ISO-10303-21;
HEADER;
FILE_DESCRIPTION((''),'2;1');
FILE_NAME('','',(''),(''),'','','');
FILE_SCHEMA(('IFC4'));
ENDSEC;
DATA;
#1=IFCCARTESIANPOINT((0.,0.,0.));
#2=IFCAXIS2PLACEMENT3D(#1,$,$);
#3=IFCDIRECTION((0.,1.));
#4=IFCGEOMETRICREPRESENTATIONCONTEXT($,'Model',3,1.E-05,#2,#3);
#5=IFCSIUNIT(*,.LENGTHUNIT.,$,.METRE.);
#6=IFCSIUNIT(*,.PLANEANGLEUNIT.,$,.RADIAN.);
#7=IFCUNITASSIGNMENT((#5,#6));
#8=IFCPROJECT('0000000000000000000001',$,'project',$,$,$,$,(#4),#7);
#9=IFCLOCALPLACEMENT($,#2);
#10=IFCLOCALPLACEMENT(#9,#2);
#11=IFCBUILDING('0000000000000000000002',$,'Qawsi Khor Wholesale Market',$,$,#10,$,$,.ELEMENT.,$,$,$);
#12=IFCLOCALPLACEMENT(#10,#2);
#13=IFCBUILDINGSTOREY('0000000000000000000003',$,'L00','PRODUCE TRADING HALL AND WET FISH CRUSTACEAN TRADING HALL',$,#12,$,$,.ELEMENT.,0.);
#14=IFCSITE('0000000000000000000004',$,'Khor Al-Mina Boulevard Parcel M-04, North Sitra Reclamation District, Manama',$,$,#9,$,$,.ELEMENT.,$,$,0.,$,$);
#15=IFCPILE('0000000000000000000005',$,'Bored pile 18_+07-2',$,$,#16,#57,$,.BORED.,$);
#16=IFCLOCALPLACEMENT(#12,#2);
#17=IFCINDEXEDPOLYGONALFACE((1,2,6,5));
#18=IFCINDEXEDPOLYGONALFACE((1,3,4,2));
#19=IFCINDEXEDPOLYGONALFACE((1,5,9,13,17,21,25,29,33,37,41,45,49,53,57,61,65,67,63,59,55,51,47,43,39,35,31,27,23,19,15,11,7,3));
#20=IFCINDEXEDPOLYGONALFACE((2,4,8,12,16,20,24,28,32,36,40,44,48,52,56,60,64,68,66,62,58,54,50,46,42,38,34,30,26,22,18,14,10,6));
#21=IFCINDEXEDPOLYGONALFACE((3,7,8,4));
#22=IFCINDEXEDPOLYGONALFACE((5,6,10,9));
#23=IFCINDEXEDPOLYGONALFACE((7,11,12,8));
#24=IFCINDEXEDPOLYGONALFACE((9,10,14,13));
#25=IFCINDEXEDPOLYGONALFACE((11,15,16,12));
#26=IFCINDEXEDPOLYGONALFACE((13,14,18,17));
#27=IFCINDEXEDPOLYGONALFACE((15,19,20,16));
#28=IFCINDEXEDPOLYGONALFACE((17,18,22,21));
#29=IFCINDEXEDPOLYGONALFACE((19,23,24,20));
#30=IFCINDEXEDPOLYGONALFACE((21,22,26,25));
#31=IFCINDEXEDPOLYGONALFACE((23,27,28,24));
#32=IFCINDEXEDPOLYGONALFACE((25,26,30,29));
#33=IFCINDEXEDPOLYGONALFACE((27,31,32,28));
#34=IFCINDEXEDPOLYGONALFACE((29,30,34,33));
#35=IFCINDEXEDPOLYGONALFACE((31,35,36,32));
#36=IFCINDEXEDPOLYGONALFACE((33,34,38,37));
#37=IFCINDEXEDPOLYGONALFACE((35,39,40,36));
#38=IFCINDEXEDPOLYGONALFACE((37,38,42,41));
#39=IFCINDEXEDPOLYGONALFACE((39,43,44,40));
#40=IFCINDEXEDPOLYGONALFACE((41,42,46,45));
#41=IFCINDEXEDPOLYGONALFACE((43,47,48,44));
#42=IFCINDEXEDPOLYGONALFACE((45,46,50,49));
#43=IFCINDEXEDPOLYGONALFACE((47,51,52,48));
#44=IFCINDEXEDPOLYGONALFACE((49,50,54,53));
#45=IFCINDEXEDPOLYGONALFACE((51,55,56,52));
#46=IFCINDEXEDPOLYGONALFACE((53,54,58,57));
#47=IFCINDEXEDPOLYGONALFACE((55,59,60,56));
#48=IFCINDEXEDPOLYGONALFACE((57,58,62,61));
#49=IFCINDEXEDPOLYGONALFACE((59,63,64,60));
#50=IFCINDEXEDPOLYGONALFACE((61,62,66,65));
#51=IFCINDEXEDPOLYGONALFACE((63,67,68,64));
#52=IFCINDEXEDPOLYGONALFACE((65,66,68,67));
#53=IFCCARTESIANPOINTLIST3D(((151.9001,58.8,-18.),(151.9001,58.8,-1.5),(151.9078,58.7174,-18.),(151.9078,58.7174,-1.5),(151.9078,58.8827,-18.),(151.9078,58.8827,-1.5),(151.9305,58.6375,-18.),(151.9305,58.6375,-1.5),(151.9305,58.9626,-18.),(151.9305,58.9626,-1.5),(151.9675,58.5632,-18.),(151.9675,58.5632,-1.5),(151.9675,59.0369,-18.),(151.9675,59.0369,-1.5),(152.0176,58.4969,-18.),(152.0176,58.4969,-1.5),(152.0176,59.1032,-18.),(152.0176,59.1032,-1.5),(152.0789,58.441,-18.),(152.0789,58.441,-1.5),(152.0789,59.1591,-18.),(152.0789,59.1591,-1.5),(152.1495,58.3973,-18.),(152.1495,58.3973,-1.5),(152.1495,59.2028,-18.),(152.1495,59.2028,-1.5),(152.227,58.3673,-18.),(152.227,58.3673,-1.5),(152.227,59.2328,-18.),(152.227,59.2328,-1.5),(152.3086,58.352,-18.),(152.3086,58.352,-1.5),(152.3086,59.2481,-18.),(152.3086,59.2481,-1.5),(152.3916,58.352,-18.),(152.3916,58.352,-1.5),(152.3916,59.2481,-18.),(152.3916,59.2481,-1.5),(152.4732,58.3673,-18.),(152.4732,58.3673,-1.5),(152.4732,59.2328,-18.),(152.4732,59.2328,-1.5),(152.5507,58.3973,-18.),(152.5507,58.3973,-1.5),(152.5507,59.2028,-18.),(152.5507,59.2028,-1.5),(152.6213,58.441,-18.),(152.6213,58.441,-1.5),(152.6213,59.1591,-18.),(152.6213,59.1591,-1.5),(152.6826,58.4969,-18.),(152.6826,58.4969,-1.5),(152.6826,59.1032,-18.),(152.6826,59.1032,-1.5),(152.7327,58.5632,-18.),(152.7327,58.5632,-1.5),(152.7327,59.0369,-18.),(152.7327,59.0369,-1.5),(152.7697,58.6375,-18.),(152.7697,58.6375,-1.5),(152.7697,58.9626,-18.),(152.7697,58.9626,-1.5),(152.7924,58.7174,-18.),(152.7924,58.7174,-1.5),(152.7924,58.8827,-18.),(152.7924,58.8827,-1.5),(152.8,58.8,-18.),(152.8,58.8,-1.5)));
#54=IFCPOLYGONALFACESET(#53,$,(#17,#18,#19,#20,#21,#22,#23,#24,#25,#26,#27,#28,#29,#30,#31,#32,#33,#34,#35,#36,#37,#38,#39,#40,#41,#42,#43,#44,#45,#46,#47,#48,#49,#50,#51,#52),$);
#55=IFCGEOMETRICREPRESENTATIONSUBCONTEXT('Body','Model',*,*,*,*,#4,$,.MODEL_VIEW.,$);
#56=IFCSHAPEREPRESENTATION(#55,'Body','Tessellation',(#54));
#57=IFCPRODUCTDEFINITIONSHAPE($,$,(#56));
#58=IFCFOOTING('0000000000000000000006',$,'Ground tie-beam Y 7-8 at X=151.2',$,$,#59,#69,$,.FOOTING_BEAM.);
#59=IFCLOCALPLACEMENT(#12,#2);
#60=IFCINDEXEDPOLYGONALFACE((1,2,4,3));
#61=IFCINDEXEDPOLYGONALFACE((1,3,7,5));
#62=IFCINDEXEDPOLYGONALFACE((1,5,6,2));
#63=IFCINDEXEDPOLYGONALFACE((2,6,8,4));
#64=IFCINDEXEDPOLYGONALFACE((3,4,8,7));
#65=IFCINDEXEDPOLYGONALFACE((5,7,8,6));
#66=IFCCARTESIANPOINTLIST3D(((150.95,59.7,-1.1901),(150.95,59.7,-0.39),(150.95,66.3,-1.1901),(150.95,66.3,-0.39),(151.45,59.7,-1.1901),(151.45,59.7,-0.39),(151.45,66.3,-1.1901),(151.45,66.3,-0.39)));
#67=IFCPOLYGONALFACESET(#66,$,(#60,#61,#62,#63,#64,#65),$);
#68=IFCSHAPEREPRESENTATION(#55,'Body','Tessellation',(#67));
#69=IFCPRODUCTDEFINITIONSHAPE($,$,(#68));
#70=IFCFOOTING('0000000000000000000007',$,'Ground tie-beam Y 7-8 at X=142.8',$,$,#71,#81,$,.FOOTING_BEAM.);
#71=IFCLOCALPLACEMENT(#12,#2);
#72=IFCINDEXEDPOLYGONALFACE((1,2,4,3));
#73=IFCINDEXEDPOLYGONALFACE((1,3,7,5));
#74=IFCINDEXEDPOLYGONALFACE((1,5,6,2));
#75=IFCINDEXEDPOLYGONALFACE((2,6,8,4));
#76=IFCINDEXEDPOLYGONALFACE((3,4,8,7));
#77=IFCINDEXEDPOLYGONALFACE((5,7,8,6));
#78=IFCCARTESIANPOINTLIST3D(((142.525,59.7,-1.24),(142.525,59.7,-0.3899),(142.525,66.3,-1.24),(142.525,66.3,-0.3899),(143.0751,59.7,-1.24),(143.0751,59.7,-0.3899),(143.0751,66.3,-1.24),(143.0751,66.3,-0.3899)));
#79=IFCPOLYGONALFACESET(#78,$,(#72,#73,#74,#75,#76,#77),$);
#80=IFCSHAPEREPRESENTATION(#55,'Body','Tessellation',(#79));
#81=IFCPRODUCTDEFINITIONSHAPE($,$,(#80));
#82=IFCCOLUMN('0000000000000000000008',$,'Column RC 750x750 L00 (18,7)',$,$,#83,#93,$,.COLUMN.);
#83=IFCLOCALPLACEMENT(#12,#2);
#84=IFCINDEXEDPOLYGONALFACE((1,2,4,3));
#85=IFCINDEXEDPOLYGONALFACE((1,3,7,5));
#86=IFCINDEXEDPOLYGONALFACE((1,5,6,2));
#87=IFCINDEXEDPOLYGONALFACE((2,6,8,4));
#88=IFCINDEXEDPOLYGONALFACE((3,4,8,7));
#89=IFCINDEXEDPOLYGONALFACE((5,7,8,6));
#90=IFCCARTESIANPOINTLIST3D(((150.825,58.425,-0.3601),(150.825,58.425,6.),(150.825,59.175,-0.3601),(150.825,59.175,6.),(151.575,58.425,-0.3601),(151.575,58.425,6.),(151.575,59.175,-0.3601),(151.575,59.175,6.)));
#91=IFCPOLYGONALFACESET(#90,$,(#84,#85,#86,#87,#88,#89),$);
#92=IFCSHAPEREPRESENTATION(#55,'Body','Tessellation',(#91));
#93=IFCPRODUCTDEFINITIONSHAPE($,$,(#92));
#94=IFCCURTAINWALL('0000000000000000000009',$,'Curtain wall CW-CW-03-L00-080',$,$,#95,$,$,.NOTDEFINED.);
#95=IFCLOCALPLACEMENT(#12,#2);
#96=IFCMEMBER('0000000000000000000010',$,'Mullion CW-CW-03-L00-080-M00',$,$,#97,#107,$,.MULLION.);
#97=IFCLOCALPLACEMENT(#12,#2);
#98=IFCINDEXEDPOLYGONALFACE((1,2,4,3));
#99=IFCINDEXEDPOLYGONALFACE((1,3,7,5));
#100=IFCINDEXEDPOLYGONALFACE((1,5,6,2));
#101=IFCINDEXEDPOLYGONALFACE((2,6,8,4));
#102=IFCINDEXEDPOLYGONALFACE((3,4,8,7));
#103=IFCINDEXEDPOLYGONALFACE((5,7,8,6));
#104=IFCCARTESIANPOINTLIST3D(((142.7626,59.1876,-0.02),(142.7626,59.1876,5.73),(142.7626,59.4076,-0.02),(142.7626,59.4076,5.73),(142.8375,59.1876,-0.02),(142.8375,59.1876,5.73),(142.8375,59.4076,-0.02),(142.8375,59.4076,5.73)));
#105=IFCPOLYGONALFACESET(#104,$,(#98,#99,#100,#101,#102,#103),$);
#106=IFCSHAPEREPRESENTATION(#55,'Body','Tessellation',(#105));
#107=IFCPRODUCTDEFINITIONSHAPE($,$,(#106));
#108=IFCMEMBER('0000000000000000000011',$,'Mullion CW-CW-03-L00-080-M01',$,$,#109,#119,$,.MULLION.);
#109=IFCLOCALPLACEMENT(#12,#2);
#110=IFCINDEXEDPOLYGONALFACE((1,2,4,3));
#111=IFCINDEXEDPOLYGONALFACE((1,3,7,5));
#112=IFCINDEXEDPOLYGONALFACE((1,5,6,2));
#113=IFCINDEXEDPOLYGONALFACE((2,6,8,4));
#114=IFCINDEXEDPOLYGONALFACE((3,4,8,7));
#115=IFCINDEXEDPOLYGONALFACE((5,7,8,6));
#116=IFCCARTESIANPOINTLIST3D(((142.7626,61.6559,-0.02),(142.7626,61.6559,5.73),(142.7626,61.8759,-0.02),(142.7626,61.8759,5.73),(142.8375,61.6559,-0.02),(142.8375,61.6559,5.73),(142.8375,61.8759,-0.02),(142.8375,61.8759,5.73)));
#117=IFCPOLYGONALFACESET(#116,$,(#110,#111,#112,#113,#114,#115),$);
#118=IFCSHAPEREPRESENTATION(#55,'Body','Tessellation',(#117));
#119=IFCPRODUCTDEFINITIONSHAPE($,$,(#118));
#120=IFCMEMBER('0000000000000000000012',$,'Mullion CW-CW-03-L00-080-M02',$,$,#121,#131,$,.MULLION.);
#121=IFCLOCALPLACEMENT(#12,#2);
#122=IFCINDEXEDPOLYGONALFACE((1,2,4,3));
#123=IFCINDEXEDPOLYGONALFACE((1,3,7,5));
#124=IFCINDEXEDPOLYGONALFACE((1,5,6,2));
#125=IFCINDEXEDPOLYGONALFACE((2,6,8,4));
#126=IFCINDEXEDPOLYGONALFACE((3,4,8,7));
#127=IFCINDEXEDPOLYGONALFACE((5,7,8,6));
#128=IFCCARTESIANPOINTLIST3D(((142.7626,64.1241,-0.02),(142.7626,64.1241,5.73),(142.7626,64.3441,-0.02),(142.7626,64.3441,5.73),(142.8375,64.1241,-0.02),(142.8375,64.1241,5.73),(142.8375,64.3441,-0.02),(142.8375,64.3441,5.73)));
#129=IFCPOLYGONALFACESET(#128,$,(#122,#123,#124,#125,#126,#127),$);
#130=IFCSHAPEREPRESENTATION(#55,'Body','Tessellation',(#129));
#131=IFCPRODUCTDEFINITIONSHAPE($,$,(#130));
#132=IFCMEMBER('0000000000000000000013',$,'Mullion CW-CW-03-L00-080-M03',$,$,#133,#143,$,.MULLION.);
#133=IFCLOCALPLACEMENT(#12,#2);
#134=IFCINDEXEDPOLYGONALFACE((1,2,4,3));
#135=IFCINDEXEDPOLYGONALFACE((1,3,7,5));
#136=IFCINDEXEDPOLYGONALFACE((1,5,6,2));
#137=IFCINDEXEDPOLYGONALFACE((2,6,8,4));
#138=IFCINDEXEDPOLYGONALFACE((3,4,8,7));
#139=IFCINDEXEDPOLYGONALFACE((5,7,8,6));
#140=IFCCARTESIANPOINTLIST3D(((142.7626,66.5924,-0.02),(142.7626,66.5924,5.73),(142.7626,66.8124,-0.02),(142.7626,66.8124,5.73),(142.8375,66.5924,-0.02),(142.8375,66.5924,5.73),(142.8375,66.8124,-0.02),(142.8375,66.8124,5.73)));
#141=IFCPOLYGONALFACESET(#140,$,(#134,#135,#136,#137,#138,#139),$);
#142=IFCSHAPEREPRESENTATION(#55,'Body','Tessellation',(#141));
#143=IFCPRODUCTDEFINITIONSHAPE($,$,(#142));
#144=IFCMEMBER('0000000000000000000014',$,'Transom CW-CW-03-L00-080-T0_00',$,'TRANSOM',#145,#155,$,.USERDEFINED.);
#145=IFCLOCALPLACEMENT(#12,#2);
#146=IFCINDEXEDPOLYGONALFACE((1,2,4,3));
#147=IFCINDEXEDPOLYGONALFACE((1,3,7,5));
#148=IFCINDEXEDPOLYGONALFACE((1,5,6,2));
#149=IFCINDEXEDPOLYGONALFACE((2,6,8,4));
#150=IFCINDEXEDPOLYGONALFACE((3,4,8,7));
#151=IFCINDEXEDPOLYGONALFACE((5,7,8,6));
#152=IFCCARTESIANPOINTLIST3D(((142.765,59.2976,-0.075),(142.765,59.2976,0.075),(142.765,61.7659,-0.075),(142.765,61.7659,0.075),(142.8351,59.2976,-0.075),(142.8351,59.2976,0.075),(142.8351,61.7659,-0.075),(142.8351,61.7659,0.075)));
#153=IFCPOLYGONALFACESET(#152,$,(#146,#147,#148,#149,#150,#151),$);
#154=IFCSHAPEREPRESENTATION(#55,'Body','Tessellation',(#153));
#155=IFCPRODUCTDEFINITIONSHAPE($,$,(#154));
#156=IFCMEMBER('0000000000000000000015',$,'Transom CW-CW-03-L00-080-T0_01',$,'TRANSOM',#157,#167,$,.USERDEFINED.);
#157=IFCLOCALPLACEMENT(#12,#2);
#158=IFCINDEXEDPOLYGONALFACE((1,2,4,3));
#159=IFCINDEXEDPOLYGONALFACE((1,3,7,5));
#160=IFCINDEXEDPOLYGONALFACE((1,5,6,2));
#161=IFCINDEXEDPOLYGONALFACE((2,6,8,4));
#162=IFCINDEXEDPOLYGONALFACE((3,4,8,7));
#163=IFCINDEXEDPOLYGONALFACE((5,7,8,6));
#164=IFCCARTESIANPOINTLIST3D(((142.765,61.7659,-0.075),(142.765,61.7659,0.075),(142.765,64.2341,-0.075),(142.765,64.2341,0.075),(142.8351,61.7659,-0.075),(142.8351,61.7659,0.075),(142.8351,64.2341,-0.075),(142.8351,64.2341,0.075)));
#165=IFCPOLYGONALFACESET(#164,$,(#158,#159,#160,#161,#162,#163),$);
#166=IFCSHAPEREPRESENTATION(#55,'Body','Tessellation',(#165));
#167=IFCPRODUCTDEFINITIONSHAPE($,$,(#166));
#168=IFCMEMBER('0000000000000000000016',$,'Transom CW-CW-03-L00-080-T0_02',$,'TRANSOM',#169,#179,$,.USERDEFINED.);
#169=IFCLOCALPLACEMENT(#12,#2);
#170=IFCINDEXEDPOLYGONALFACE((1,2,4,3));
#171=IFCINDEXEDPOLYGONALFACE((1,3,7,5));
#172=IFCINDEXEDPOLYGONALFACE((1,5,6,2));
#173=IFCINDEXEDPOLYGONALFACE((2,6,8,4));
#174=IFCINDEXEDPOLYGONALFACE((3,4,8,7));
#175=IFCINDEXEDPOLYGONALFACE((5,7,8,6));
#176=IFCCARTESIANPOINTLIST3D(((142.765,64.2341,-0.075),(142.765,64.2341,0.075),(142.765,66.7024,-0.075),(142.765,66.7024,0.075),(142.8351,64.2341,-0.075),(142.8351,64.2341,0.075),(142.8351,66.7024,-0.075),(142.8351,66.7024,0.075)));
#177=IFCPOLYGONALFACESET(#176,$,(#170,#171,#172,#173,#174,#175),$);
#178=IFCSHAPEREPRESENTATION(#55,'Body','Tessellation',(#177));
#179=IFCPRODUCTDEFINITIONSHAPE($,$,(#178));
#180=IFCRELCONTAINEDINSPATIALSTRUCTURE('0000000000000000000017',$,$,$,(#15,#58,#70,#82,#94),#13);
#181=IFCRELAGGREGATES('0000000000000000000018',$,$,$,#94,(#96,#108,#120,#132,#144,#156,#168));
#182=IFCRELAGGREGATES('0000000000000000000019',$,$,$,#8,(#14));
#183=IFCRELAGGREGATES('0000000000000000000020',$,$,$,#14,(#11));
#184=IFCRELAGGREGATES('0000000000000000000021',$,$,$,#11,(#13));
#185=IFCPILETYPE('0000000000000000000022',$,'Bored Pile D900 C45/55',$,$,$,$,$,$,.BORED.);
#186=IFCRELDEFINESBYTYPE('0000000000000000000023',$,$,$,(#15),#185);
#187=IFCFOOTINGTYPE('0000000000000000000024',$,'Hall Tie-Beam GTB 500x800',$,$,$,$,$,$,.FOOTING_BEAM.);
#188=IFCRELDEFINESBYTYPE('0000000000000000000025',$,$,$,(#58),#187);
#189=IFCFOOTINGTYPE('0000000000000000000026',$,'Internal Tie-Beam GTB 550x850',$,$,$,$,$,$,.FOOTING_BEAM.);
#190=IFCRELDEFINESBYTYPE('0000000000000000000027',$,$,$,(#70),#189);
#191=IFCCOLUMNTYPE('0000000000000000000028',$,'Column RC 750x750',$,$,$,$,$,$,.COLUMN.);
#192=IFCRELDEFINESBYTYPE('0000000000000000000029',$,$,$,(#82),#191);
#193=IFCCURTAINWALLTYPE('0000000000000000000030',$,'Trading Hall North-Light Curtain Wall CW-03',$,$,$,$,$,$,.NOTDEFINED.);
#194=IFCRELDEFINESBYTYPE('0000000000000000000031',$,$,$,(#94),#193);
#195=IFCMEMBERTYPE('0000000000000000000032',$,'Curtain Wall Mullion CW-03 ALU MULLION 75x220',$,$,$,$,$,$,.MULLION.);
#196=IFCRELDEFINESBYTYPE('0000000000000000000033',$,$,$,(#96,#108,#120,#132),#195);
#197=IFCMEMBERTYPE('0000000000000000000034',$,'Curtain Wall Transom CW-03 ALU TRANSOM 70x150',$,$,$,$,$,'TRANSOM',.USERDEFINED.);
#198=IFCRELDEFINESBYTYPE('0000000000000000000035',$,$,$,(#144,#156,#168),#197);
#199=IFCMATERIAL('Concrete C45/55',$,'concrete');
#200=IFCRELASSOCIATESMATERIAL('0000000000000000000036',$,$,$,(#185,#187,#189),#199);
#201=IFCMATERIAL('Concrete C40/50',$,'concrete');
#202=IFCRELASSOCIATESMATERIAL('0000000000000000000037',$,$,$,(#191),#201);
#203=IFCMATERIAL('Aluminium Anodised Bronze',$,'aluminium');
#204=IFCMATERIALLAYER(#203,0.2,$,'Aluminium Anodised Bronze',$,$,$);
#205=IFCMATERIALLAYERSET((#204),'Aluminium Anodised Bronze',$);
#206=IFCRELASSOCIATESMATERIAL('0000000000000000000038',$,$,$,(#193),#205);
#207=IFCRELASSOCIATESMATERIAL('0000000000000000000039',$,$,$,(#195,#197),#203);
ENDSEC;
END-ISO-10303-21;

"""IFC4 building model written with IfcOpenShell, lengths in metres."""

from ifc_helpers import new_model, si_unit, direction, frame, origin, origin_2d, place, context, subcontext, project, spatial, rectangle, circle, extrude, material, layer, layer_set, material_profile, profile_set, type_object, element, aggregate, save


model = new_model("IFC4")

# Units and contexts
model_context = context("Model", 3, precision=1e-05, world=origin(), true_north=direction((0.0, 1.0)))
body_context = subcontext(model_context, "Body", "Model", "MODEL_VIEW")
ifc_project = project(units=[si_unit("LENGTHUNIT", "METRE"), si_unit("PLANEANGLEUNIT", "RADIAN")], contexts=[model_context])

# Site, building, storey
site_placement = place(None, origin())
site = spatial("IfcSite", under=ifc_project, at=site_placement, Name="Khor Al-Mina Boulevard Parcel M-04, North Sitra Reclamation District, Manama", CompositionType="ELEMENT", RefElevation=0.0)
building_placement = place(site_placement, origin())
building = spatial("IfcBuilding", under=site, at=building_placement, Name="Qawsi Khor Wholesale Market", CompositionType="ELEMENT")
storey_placement = place(building_placement, origin())
storey = spatial("IfcBuildingStorey", under=building, at=storey_placement, Name="L00", Description="PRODUCE TRADING HALL AND WET FISH CRUSTACEAN TRADING HALL", CompositionType="ELEMENT", Elevation=0.0)

# Pile
ifc_material_1 = material(Name="Concrete C45/55", Category="concrete")
ifc_material_profile_1 = material_profile(ifc_material_1, circle(Radius=0.45, at=origin_2d()), Name="PILE D900")
ifc_profile_set_1 = profile_set([ifc_material_profile_1], Name="Concrete C45/55")
pile_type = type_object("IfcPileType", Name="Bored Pile D900 C45/55", PredefinedType="BORED", material=ifc_profile_set_1)
pile_placement = place(storey_placement, frame((152.3501, 58.8, -1.5), z_axis=(0.0, 0.0, -1.0), x_axis=(1.0, 0.0, 0.0)))
element("IfcPile", 1, at=pile_placement, inside=storey, type_object=pile_type, Name="Bored pile 18_+07-2", PredefinedType="BORED", context=body_context, shape_type="SweptSolid", body=[
    extrude(circle(Radius=0.45, at=origin_2d()), origin(), (0.0, 0.0, 1.0), 16.5),
])

# Footings
ifc_material_profile_2 = material_profile(ifc_material_1, rectangle(XDim=0.5, YDim=0.8, at=origin_2d()), Name="RC 500x800")
ifc_profile_set_2 = profile_set([ifc_material_profile_2], Name="Concrete C45/55")
footing_type_1 = type_object("IfcFootingType", Name="Hall Tie-Beam GTB 500x800", PredefinedType="FOOTING_BEAM", material=ifc_profile_set_2)
footing_1_placement = place(storey_placement, frame((151.2, 59.7, -0.79), z_axis=(0.0, 1.0, 0.0), x_axis=(-1.0, 0.0, 0.0)))
element("IfcFooting", 2, at=footing_1_placement, inside=storey, type_object=footing_type_1, Name="Ground tie-beam Y 7-8 at X=151.2", PredefinedType="FOOTING_BEAM", context=body_context, shape_type="SweptSolid", body=[
    extrude(rectangle(XDim=0.5, YDim=0.8, at=origin_2d()), origin(), (0.0, 0.0, 1.0), 6.6001),
])
ifc_material_profile_3 = material_profile(ifc_material_1, rectangle(XDim=0.55, YDim=0.8501, at=origin_2d()), Name="RC 550x850")
ifc_profile_set_3 = profile_set([ifc_material_profile_3], Name="Concrete C45/55")
footing_type_2 = type_object("IfcFootingType", Name="Internal Tie-Beam GTB 550x850", PredefinedType="FOOTING_BEAM", material=ifc_profile_set_3)
footing_2_placement = place(storey_placement, frame((142.8, 59.7, -0.8149), z_axis=(0.0, 1.0, 0.0), x_axis=(-1.0, 0.0, 0.0)))
element("IfcFooting", 3, at=footing_2_placement, inside=storey, type_object=footing_type_2, Name="Ground tie-beam Y 7-8 at X=142.8", PredefinedType="FOOTING_BEAM", context=body_context, shape_type="SweptSolid", body=[
    extrude(rectangle(XDim=0.55, YDim=0.8501, at=origin_2d()), origin(), (0.0, 0.0, 1.0), 6.6001),
])

# Column
ifc_material_2 = material(Name="Concrete C40/50", Category="concrete")
ifc_material_profile_4 = material_profile(ifc_material_2, rectangle(XDim=0.75, YDim=0.75, at=origin_2d()), Name="RC 750x750")
ifc_profile_set_4 = profile_set([ifc_material_profile_4], Name="Concrete C40/50")
column_type = type_object("IfcColumnType", Name="Column RC 750x750", PredefinedType="COLUMN", material=ifc_profile_set_4)
column_placement = place(storey_placement, frame((151.2, 58.8, -0.3601), z_axis=(0.0, 0.0, 1.0), x_axis=(1.0, 0.0, 0.0)))
element("IfcColumn", 4, at=column_placement, inside=storey, type_object=column_type, Name="Column RC 750x750 L00 (18,7)", PredefinedType="COLUMN", context=body_context, shape_type="SweptSolid", body=[
    extrude(rectangle(XDim=0.75, YDim=0.75, at=origin_2d()), origin(), (0.0, 0.0, 1.0), 6.3601),
])

# Curtain wall, members
ifc_material_3 = material(Name="Aluminium Anodised Bronze", Category="aluminium")
ifc_layer_1 = layer(ifc_material_3, 0.2, Name="Aluminium Anodised Bronze")
ifc_layer_set_1 = layer_set([ifc_layer_1], Name="Aluminium Anodised Bronze")
curtain_wall_type = type_object("IfcCurtainWallType", Name="Trading Hall North-Light Curtain Wall CW-03", PredefinedType="NOTDEFINED", material=ifc_layer_set_1)
curtain_wall_placement = place(storey_placement, origin())
curtain_wall = element("IfcCurtainWall", 5, at=curtain_wall_placement, inside=storey, type_object=curtain_wall_type, Name="Curtain wall CW-CW-03-L00-080", PredefinedType="NOTDEFINED")
ifc_material_profile_5 = material_profile(ifc_material_3, rectangle(XDim=0.075, YDim=0.22, at=origin_2d()), Name="ALU MULLION 75x220")
ifc_profile_set_5 = profile_set([ifc_material_profile_5], Name="Aluminium Anodised Bronze")
member_type_1 = type_object("IfcMemberType", Name="Curtain Wall Mullion CW-03 ALU MULLION 75x220", PredefinedType="MULLION", material=ifc_profile_set_5)
member_1_placement = place(storey_placement, frame((142.8, 59.2976, -0.02), z_axis=(0.0, 0.0, 1.0), x_axis=(1.0, 0.0, 0.0)))
member_1 = element("IfcMember", 6, at=member_1_placement, type_object=member_type_1, Name="Mullion CW-CW-03-L00-080-M00", PredefinedType="MULLION", context=body_context, shape_type="SweptSolid", body=[
    extrude(rectangle(XDim=0.075, YDim=0.22, at=origin_2d()), origin(), (0.0, 0.0, 1.0), 5.75),
])
member_2_placement = place(storey_placement, frame((142.8, 61.7659, -0.02), z_axis=(0.0, 0.0, 1.0), x_axis=(1.0, 0.0, 0.0)))
member_2 = element("IfcMember", 7, at=member_2_placement, type_object=member_type_1, Name="Mullion CW-CW-03-L00-080-M01", PredefinedType="MULLION", context=body_context, shape_type="SweptSolid", body=[
    extrude(rectangle(XDim=0.075, YDim=0.22, at=origin_2d()), origin(), (0.0, 0.0, 1.0), 5.75),
])
member_3_placement = place(storey_placement, frame((142.8, 64.2341, -0.02), z_axis=(0.0, 0.0, 1.0), x_axis=(1.0, 0.0, 0.0)))
member_3 = element("IfcMember", 8, at=member_3_placement, type_object=member_type_1, Name="Mullion CW-CW-03-L00-080-M02", PredefinedType="MULLION", context=body_context, shape_type="SweptSolid", body=[
    extrude(rectangle(XDim=0.075, YDim=0.22, at=origin_2d()), origin(), (0.0, 0.0, 1.0), 5.75),
])
member_4_placement = place(storey_placement, frame((142.8, 66.7024, -0.02), z_axis=(0.0, 0.0, 1.0), x_axis=(1.0, 0.0, 0.0)))
member_4 = element("IfcMember", 9, at=member_4_placement, type_object=member_type_1, Name="Mullion CW-CW-03-L00-080-M03", PredefinedType="MULLION", context=body_context, shape_type="SweptSolid", body=[
    extrude(rectangle(XDim=0.075, YDim=0.22, at=origin_2d()), origin(), (0.0, 0.0, 1.0), 5.75),
])
ifc_material_profile_6 = material_profile(ifc_material_3, rectangle(XDim=0.0701, YDim=0.1499, at=origin_2d()), Name="ALU TRANSOM 70x150")
ifc_profile_set_6 = profile_set([ifc_material_profile_6], Name="Aluminium Anodised Bronze")
member_type_2 = type_object("IfcMemberType", Name="Curtain Wall Transom CW-03 ALU TRANSOM 70x150", ElementType="TRANSOM", PredefinedType="USERDEFINED", material=ifc_profile_set_6)
member_5_placement = place(storey_placement, frame((142.8, 59.2976, 0.0), z_axis=(0.0, 1.0, 0.0), x_axis=(-1.0, 0.0, 0.0)))
member_5 = element("IfcMember", 10, at=member_5_placement, type_object=member_type_2, Name="Transom CW-CW-03-L00-080-T0_00", ObjectType="TRANSOM", PredefinedType="USERDEFINED", context=body_context, shape_type="SweptSolid", body=[
    extrude(rectangle(XDim=0.0701, YDim=0.1499, at=origin_2d()), origin(), (0.0, 0.0, 1.0), 2.4683),
])
member_6_placement = place(storey_placement, frame((142.8, 61.7659, 0.0), z_axis=(0.0, 1.0, 0.0), x_axis=(-1.0, 0.0, 0.0)))
member_6 = element("IfcMember", 11, at=member_6_placement, type_object=member_type_2, Name="Transom CW-CW-03-L00-080-T0_01", ObjectType="TRANSOM", PredefinedType="USERDEFINED", context=body_context, shape_type="SweptSolid", body=[
    extrude(rectangle(XDim=0.0701, YDim=0.1499, at=origin_2d()), origin(), (0.0, 0.0, 1.0), 2.4683),
])
member_7_placement = place(storey_placement, frame((142.8, 64.2341, 0.0), z_axis=(0.0, 1.0, 0.0), x_axis=(-1.0, 0.0, 0.0)))
member_7 = element("IfcMember", 12, at=member_7_placement, type_object=member_type_2, Name="Transom CW-CW-03-L00-080-T0_02", ObjectType="TRANSOM", PredefinedType="USERDEFINED", context=body_context, shape_type="SweptSolid", body=[
    extrude(rectangle(XDim=0.0701, YDim=0.1499, at=origin_2d()), origin(), (0.0, 0.0, 1.0), 2.4683),
])
aggregate(curtain_wall, [member_1, member_2, member_3, member_4, member_5, member_6, member_7])

save(model, "model.ifc")
